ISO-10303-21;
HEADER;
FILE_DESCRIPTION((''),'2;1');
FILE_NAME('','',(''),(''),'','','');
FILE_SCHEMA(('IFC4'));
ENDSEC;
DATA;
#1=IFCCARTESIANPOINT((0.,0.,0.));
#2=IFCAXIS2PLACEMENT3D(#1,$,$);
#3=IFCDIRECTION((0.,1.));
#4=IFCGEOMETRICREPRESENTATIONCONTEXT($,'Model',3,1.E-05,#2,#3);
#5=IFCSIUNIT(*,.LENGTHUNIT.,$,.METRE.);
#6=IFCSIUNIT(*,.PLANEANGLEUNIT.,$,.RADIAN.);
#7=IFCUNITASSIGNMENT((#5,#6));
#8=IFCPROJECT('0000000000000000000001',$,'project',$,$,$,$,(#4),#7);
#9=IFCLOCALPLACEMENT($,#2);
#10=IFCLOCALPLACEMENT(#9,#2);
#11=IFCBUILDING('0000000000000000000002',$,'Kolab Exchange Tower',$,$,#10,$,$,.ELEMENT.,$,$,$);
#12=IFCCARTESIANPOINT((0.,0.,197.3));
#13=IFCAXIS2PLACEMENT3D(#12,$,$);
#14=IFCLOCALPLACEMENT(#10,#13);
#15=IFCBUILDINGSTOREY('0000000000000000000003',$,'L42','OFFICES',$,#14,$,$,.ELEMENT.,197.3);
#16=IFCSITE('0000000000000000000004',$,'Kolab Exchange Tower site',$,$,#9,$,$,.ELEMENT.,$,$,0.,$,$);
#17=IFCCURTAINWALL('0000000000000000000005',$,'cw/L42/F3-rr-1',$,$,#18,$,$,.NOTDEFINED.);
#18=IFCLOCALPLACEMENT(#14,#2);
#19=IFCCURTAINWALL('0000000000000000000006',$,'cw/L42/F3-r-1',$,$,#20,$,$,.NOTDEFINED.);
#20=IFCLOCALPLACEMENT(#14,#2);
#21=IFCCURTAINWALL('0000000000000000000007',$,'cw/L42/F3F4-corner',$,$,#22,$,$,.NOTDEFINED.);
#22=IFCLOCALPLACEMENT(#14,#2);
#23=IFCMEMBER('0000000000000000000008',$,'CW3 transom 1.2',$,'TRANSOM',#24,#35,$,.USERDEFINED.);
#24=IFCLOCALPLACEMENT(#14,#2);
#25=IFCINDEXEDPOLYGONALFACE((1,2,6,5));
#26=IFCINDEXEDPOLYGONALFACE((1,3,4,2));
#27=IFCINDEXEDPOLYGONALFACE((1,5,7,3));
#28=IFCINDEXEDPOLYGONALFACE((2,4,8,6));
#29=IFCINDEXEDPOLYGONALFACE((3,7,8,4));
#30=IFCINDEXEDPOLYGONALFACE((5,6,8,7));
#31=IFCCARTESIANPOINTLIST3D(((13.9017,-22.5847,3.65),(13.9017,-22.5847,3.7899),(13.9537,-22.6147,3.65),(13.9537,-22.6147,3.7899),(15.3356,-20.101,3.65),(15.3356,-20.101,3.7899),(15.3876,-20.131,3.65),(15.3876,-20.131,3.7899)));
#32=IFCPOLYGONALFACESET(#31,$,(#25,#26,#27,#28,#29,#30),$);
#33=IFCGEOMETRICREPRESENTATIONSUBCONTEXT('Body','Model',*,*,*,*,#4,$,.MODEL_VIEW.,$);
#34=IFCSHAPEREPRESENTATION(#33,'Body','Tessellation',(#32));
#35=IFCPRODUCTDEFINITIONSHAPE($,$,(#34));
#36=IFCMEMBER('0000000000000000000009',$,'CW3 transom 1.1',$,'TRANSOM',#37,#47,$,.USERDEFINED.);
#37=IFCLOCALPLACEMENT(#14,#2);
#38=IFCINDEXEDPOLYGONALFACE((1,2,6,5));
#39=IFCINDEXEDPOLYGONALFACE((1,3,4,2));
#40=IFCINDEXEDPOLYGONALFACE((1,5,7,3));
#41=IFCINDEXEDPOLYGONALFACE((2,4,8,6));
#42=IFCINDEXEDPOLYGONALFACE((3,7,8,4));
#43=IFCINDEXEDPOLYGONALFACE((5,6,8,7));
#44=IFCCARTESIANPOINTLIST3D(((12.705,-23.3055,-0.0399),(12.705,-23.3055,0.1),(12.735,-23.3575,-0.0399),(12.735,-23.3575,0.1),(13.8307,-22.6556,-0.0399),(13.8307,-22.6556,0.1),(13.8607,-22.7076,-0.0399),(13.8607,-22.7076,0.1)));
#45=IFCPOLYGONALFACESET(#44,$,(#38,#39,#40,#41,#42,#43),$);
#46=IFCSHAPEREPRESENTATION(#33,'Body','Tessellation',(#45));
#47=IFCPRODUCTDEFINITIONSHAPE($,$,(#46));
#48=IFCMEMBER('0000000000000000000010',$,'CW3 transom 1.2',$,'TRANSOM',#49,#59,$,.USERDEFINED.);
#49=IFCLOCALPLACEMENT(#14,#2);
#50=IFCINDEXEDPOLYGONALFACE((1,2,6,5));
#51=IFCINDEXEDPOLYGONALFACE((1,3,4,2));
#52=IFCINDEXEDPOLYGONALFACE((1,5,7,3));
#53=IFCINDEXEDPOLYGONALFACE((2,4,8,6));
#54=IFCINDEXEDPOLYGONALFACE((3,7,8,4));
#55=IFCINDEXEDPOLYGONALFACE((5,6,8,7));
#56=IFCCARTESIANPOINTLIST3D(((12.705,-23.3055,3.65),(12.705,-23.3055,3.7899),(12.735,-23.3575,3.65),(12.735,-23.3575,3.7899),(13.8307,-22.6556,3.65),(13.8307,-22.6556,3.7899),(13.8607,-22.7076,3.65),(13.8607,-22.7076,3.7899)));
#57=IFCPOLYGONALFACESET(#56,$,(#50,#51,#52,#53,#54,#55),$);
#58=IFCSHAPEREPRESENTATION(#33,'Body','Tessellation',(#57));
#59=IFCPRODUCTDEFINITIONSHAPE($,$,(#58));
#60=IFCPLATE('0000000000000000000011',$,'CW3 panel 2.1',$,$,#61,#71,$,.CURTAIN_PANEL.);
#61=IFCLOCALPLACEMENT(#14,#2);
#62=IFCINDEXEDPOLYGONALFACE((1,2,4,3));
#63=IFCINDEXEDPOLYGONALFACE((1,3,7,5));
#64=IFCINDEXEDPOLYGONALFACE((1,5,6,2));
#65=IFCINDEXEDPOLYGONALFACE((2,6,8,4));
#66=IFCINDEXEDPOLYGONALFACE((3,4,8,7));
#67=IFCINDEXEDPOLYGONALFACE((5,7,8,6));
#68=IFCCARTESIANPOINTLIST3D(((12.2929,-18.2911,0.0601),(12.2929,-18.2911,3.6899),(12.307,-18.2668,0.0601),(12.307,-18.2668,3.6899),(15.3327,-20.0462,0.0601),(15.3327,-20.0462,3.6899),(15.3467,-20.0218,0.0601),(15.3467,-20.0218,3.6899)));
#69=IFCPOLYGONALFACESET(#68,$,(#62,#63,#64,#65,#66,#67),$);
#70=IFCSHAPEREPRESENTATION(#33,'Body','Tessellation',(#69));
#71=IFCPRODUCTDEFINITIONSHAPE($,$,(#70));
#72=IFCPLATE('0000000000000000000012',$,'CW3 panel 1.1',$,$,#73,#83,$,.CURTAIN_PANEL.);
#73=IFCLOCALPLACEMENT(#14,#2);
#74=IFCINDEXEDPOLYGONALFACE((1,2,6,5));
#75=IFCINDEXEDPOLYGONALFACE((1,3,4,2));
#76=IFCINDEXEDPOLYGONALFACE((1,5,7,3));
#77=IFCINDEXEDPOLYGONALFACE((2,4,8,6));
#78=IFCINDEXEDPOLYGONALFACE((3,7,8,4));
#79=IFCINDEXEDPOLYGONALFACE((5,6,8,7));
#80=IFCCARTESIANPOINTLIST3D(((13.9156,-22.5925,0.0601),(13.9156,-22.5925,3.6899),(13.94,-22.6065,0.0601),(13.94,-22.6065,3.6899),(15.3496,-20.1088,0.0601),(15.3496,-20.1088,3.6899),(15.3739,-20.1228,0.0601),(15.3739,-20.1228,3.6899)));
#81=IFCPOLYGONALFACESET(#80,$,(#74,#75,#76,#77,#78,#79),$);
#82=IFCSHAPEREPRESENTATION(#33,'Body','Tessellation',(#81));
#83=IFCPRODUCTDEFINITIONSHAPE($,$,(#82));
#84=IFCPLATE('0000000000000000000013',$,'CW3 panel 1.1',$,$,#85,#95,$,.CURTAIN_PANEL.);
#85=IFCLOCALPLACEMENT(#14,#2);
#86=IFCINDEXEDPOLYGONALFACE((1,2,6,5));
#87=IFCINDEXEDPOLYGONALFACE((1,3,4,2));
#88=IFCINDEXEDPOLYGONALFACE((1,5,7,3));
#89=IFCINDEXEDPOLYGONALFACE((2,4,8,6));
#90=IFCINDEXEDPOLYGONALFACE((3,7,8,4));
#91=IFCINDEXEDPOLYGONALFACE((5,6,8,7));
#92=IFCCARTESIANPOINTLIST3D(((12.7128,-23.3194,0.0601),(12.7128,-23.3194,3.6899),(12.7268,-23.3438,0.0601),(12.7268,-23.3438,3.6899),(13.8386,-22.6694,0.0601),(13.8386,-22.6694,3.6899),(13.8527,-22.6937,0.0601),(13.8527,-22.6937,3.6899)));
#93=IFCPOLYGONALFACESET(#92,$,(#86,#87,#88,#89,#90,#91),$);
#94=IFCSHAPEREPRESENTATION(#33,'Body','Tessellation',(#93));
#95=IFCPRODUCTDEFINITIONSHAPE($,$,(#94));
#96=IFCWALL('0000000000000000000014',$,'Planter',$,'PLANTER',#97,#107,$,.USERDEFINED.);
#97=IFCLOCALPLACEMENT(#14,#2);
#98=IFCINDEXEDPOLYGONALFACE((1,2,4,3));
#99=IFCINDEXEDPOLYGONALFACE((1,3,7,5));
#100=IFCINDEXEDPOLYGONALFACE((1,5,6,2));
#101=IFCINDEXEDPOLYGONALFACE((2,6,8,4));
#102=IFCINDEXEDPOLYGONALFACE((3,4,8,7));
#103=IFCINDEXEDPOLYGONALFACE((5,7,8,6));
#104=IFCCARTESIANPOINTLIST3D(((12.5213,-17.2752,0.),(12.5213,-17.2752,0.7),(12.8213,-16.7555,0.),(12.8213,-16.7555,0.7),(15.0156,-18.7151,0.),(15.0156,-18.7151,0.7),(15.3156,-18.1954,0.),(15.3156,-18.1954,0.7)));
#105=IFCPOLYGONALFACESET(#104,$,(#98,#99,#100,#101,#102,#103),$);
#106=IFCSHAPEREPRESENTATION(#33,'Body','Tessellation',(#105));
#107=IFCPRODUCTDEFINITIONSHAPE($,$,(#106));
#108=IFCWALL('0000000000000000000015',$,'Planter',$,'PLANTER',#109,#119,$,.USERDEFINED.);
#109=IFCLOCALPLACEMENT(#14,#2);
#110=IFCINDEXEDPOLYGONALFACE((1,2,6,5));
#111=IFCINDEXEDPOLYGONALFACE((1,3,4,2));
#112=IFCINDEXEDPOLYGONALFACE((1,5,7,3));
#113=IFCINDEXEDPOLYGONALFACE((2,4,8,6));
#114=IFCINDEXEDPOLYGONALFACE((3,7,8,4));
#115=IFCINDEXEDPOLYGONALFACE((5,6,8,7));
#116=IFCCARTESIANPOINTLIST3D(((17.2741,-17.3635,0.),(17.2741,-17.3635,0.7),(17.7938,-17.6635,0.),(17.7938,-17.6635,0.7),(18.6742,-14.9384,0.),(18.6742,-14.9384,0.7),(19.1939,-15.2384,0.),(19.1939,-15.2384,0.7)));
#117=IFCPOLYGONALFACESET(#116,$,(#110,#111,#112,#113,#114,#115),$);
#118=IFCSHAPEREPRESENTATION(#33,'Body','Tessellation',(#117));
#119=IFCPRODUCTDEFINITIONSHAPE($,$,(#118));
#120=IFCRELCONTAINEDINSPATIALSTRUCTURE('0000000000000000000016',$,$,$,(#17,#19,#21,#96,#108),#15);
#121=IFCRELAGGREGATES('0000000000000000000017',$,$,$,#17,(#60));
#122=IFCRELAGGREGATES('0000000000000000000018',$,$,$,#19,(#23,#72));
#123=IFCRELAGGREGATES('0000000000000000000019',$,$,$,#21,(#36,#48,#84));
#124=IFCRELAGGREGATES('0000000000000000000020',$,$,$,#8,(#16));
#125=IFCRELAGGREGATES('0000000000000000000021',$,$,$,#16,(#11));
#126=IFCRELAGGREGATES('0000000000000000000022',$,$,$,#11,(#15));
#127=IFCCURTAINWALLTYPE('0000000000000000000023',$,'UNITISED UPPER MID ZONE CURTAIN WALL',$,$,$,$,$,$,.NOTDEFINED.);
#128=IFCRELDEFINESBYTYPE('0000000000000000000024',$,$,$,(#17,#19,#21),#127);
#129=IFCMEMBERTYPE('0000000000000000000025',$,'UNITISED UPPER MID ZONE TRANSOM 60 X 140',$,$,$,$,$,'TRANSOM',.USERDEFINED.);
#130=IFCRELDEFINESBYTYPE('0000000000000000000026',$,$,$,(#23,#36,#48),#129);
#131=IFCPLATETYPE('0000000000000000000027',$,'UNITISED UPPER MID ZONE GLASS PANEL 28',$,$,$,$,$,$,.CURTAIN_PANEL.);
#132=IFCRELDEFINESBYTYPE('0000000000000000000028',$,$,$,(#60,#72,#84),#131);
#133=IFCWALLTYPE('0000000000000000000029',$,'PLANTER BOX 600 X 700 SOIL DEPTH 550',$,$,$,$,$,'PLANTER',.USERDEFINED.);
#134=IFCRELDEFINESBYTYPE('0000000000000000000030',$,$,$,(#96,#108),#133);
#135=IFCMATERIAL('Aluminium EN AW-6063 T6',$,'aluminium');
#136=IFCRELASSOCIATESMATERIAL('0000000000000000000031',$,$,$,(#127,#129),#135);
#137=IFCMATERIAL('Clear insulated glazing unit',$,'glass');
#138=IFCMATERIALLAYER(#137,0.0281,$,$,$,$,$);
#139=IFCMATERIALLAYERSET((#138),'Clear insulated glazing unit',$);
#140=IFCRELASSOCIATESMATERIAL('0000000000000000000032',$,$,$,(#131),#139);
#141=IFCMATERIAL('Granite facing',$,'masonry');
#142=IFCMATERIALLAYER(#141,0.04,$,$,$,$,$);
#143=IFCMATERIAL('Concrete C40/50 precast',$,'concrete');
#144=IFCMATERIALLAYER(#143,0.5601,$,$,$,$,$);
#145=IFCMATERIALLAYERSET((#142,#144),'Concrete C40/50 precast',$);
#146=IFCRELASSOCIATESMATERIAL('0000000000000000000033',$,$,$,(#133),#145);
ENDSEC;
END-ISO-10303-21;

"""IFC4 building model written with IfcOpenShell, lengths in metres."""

from ifc_helpers import new_model, si_unit, direction, frame, frame_2d, origin, origin_2d, place, context, subcontext, project, spatial, rectangle, extrude, material, layer, layer_set, material_profile, profile_set, type_object, element, aggregate, save


model = new_model("IFC4")

# Units and contexts
model_context = context("Model", 3, precision=1e-05, world=origin(), true_north=direction((0.0, 1.0)))
body_context = subcontext(model_context, "Body", "Model", "MODEL_VIEW")
ifc_project = project(units=[si_unit("LENGTHUNIT", "METRE"), si_unit("PLANEANGLEUNIT", "RADIAN")], contexts=[model_context])

# Site, building, storey
site_placement = place(None, origin())
site = spatial("IfcSite", under=ifc_project, at=site_placement, Name="Kolab Exchange Tower site", CompositionType="ELEMENT", RefElevation=0.0)
building_placement = place(site_placement, origin())
building = spatial("IfcBuilding", under=site, at=building_placement, Name="Kolab Exchange Tower", CompositionType="ELEMENT")
storey_placement = place(building_placement, frame((0.0, 0.0, 197.3)))
storey = spatial("IfcBuildingStorey", under=building, at=storey_placement, Name="L42", Description="OFFICES", CompositionType="ELEMENT", Elevation=197.3)

# Curtain wall
ifc_material_1 = material(Name="Aluminium EN AW-6063 T6", Category="aluminium")
curtain_wall_type = type_object("IfcCurtainWallType", Name="UNITISED UPPER MID ZONE CURTAIN WALL", PredefinedType="NOTDEFINED", material=ifc_material_1)
curtain_wall_1_placement = place(storey_placement, origin())
curtain_wall_1 = element("IfcCurtainWall", 1, at=curtain_wall_1_placement, inside=storey, type_object=curtain_wall_type, Name="cw/L42/F3-rr-1", PredefinedType="NOTDEFINED")

# Curtain walls
curtain_wall_2_placement = place(storey_placement, origin())
curtain_wall_2 = element("IfcCurtainWall", 2, at=curtain_wall_2_placement, inside=storey, type_object=curtain_wall_type, Name="cw/L42/F3-r-1", PredefinedType="NOTDEFINED")
curtain_wall_3_placement = place(storey_placement, origin())
curtain_wall_3 = element("IfcCurtainWall", 3, at=curtain_wall_3_placement, inside=storey, type_object=curtain_wall_type, Name="cw/L42/F3F4-corner", PredefinedType="NOTDEFINED")

# Members
ifc_material_profile_1 = material_profile(ifc_material_1, rectangle(XDim=0.0601, YDim=0.1399, at=origin_2d()), Name="RECT 60X140")
ifc_profile_set_1 = profile_set([ifc_material_profile_1], Name="Aluminium EN AW-6063 T6")
member_type_1 = type_object("IfcMemberType", Name="UNITISED UPPER MID ZONE TRANSOM 60 X 140", ElementType="TRANSOM", PredefinedType="USERDEFINED", material=ifc_profile_set_1)
member_1_placement = place(storey_placement, frame((15.3616, -20.116, 3.72), z_axis=(-0.499975, -0.86604, 0.0), x_axis=(0.86604, -0.499975, 0.0)))
member_1 = element("IfcMember", 4, at=member_1_placement, type_object=member_type_1, Name="CW3 transom 1.2", ObjectType="TRANSOM", PredefinedType="USERDEFINED", context=body_context, shape_type="SweptSolid", body=[
    extrude(rectangle(XDim=0.0601, YDim=0.1399, at=origin_2d()), origin(), (0.0, 0.0, 1.0), 2.8679),
])
member_2_placement = place(storey_placement, frame((13.8457, -22.6816, 0.03), z_axis=(-0.866039, -0.499977, 0.0), x_axis=(0.499977, -0.866039, 0.0)))
member_2 = element("IfcMember", 5, at=member_2_placement, type_object=member_type_1, Name="CW3 transom 1.1", ObjectType="TRANSOM", PredefinedType="USERDEFINED", context=body_context, shape_type="SweptSolid", body=[
    extrude(rectangle(XDim=0.0601, YDim=0.1399, at=origin_2d()), origin(), (0.0, 0.0, 1.0), 1.2998),
])
member_3_placement = place(storey_placement, frame((13.8457, -22.6816, 3.72), z_axis=(-0.866039, -0.499977, 0.0), x_axis=(0.499977, -0.866039, 0.0)))
member_3 = element("IfcMember", 6, at=member_3_placement, type_object=member_type_1, Name="CW3 transom 1.2", ObjectType="TRANSOM", PredefinedType="USERDEFINED", context=body_context, shape_type="SweptSolid", body=[
    extrude(rectangle(XDim=0.0601, YDim=0.1399, at=origin_2d()), origin(), (0.0, 0.0, 1.0), 1.2998),
])

# Plates
ifc_material_2 = material(Name="Clear insulated glazing unit", Category="glass")
ifc_layer_1 = layer(ifc_material_2, 0.0281)
ifc_layer_set_1 = layer_set([ifc_layer_1], Name="Clear insulated glazing unit")
plate_type = type_object("IfcPlateType", Name="UNITISED UPPER MID ZONE GLASS PANEL 28", PredefinedType="CURTAIN_PANEL", material=ifc_layer_set_1)
plate_1_placement = place(storey_placement, frame((13.8198, -19.1565, 0.0601), z_axis=(0.0, 0.0, 1.0), x_axis=(0.866025, -0.5, 0.0)))
plate_1 = element("IfcPlate", 7, at=plate_1_placement, type_object=plate_type, Name="CW3 panel 2.1", PredefinedType="CURTAIN_PANEL", context=body_context, shape_type="SweptSolid", body=[
    extrude(rectangle(XDim=3.51, YDim=0.0281, at=origin_2d()), origin(), (0.0, 0.0, 1.0), 3.6299),
])
aggregate(curtain_wall_1, [plate_1])
plate_2_placement = place(storey_placement, frame((14.6448, -21.3577, 0.0601), z_axis=(0.0, 0.0, 1.0), x_axis=(-0.5, -0.866025, 0.0)))
plate_2 = element("IfcPlate", 8, at=plate_2_placement, type_object=plate_type, Name="CW3 panel 1.1", PredefinedType="CURTAIN_PANEL", context=body_context, shape_type="SweptSolid", body=[
    extrude(rectangle(XDim=2.8679, YDim=0.0281, at=origin_2d()), origin(), (0.0, 0.0, 1.0), 3.6299),
])
aggregate(curtain_wall_2, [member_1, plate_2])
plate_3_placement = place(storey_placement, frame((13.2827, -23.0066, 0.0601), z_axis=(0.0, 0.0, 1.0), x_axis=(-0.866025, -0.5, 0.0)))
plate_3 = element("IfcPlate", 9, at=plate_3_placement, type_object=plate_type, Name="CW3 panel 1.1", PredefinedType="CURTAIN_PANEL", context=body_context, shape_type="SweptSolid", body=[
    extrude(rectangle(XDim=1.3, YDim=0.0281, at=origin_2d()), origin(), (0.0, 0.0, 1.0), 3.6299),
])
aggregate(curtain_wall_3, [member_2, member_3, plate_3])

# Walls
ifc_material_3 = material(Name="Granite facing", Category="masonry")
ifc_layer_2 = layer(ifc_material_3, 0.04)
ifc_material_4 = material(Name="Concrete C40/50 precast", Category="concrete")
ifc_layer_3 = layer(ifc_material_4, 0.5601)
ifc_layer_set_2 = layer_set([ifc_layer_2, ifc_layer_3], Name="Concrete C40/50 precast")
wall_type = type_object("IfcWallType", Name="PLANTER BOX 600 X 700 SOIL DEPTH 550", ElementType="PLANTER", PredefinedType="USERDEFINED", material=ifc_layer_set_2)
wall_1_placement = place(storey_placement, frame((12.6714, -17.0154, 0.0), z_axis=(0.0, 0.0, 1.0), x_axis=(0.866054, -0.49995, 0.0)))
element("IfcWall", 10, at=wall_1_placement, inside=storey, type_object=wall_type, Name="Planter", ObjectType="PLANTER", PredefinedType="USERDEFINED", context=body_context, shape_type="SweptSolid", body=[
    extrude(rectangle(XDim=2.8801, YDim=0.6001, at=frame_2d((1.4399, 0.0))), origin(), (0.0, 0.0, 1.0), 0.7),
])
wall_2_placement = place(storey_placement, frame((18.9341, -15.0884, 0.0), z_axis=(0.0, 0.0, 1.0), x_axis=(-0.500012, -0.866019, 0.0)))
element("IfcWall", 11, at=wall_2_placement, inside=storey, type_object=wall_type, Name="Planter", ObjectType="PLANTER", PredefinedType="USERDEFINED", context=body_context, shape_type="SweptSolid", body=[
    extrude(rectangle(XDim=2.8003, YDim=0.6001, at=frame_2d((1.4001, 0.0))), origin(), (0.0, 0.0, 1.0), 0.7),
])

save(model, "model.ifc")
